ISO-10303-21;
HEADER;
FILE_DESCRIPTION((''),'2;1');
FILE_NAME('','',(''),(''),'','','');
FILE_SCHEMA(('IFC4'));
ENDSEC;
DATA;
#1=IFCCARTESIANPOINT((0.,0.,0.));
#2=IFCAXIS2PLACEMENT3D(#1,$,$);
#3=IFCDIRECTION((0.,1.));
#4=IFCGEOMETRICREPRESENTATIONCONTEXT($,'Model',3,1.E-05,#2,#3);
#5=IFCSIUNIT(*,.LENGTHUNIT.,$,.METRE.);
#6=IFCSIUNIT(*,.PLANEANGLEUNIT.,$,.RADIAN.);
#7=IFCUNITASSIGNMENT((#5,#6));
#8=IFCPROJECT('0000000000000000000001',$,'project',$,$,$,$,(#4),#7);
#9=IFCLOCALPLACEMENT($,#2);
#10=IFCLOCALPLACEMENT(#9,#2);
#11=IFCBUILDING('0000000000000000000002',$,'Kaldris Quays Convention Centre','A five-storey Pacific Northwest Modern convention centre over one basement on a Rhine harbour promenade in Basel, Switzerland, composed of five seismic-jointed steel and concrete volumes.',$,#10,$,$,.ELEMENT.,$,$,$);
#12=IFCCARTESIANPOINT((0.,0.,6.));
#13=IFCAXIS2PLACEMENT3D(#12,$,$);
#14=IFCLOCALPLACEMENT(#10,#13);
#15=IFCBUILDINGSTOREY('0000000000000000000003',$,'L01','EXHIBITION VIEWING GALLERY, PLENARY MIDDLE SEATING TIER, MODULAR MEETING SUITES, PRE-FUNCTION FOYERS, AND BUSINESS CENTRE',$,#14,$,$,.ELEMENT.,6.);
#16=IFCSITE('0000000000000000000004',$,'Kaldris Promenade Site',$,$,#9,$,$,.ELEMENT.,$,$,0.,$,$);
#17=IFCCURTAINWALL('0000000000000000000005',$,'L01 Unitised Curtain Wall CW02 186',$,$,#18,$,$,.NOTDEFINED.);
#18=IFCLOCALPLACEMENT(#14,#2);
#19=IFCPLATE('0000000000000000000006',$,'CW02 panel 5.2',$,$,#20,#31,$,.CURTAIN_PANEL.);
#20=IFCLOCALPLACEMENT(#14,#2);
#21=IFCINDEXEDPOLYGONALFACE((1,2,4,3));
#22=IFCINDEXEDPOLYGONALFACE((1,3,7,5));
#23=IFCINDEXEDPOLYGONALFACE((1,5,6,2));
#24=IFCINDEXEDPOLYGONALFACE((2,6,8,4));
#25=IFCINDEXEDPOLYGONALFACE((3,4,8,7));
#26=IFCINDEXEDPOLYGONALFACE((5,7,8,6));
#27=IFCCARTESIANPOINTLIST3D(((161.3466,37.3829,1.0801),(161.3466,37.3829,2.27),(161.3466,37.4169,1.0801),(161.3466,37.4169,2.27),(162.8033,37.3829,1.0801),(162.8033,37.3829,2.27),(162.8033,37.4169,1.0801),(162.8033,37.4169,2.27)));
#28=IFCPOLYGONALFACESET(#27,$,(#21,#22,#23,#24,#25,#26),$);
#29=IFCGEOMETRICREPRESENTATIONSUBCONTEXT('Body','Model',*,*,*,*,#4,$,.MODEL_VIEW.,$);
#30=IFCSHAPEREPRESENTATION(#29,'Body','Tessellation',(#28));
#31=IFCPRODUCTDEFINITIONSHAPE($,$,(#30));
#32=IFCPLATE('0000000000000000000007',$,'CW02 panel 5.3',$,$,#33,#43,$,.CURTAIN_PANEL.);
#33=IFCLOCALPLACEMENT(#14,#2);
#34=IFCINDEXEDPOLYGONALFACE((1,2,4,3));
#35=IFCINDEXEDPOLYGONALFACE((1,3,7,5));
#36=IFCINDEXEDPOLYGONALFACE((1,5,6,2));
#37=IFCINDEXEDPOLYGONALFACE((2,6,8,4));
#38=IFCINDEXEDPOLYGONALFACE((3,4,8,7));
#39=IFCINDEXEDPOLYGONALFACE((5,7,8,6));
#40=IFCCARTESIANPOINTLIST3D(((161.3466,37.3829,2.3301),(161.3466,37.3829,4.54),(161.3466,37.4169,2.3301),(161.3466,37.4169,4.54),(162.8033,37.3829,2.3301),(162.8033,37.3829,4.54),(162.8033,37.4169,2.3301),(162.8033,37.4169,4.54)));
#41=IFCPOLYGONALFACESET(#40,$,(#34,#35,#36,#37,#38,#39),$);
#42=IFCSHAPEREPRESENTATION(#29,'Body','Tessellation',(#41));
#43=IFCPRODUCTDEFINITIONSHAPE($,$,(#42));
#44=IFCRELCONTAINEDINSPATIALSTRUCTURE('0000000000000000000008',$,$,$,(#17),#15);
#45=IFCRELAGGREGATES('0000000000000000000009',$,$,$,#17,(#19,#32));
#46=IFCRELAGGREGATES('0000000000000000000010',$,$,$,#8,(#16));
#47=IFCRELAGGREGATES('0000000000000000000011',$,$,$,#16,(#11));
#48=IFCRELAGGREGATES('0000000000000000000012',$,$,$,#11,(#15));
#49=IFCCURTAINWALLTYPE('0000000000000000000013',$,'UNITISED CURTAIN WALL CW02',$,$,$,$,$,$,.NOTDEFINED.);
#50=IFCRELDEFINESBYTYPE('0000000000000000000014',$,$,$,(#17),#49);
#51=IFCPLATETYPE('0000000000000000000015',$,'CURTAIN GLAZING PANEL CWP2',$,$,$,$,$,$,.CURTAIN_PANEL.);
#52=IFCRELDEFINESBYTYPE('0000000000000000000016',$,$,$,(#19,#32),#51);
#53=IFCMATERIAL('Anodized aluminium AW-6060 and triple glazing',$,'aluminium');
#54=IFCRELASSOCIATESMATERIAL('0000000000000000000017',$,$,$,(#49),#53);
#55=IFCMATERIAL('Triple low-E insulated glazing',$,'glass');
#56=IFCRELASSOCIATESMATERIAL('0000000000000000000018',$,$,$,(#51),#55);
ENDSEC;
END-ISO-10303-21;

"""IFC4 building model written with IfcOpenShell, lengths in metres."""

from ifc_helpers import new_model, si_unit, direction, frame, origin, origin_2d, place, context, subcontext, project, spatial, rectangle, extrude, material, type_object, element, aggregate, save


model = new_model("IFC4")

# Units and contexts
model_context = context("Model", 3, precision=1e-05, world=origin(), true_north=direction((0.0, 1.0)))
body_context = subcontext(model_context, "Body", "Model", "MODEL_VIEW")
ifc_project = project(units=[si_unit("LENGTHUNIT", "METRE"), si_unit("PLANEANGLEUNIT", "RADIAN")], contexts=[model_context])

# Site, building, storey
site_placement = place(None, origin())
site = spatial("IfcSite", under=ifc_project, at=site_placement, Name="Kaldris Promenade Site", CompositionType="ELEMENT", RefElevation=0.0)
building_placement = place(site_placement, origin())
building = spatial("IfcBuilding", under=site, at=building_placement, Name="Kaldris Quays Convention Centre", Description="A five-storey Pacific Northwest Modern convention centre over one basement on a Rhine harbour promenade in Basel, Switzerland, composed of five seismic-jointed steel and concrete volumes.", CompositionType="ELEMENT")
storey_placement = place(building_placement, frame((0.0, 0.0, 6.0)))
storey = spatial("IfcBuildingStorey", under=building, at=storey_placement, Name="L01", Description="EXHIBITION VIEWING GALLERY, PLENARY MIDDLE SEATING TIER, MODULAR MEETING SUITES, PRE-FUNCTION FOYERS, AND BUSINESS CENTRE", CompositionType="ELEMENT", Elevation=6.0)

# Curtain wall, plates
ifc_material_1 = material(Name="Anodized aluminium AW-6060 and triple glazing", Category="aluminium")
curtain_wall_type = type_object("IfcCurtainWallType", Name="UNITISED CURTAIN WALL CW02", PredefinedType="NOTDEFINED", material=ifc_material_1)
curtain_wall_placement = place(storey_placement, origin())
curtain_wall = element("IfcCurtainWall", 1, at=curtain_wall_placement, inside=storey, type_object=curtain_wall_type, Name="L01 Unitised Curtain Wall CW02 186", PredefinedType="NOTDEFINED")
ifc_material_2 = material(Name="Triple low-E insulated glazing", Category="glass")
plate_type = type_object("IfcPlateType", Name="CURTAIN GLAZING PANEL CWP2", PredefinedType="CURTAIN_PANEL", material=ifc_material_2)
plate_1_placement = place(storey_placement, frame((162.075, 37.3999, 1.0801), z_axis=(0.0, 0.0, 1.0), x_axis=(1.0, 0.0, 0.0)))
plate_1 = element("IfcPlate", 2, at=plate_1_placement, type_object=plate_type, Name="CW02 panel 5.2", PredefinedType="CURTAIN_PANEL", context=body_context, shape_type="SweptSolid", body=[
    extrude(rectangle(XDim=1.4568, YDim=0.0339, at=origin_2d()), origin(), (0.0, 0.0, 1.0), 1.1899),
])
plate_2_placement = place(storey_placement, frame((162.075, 37.3999, 2.3301), z_axis=(0.0, 0.0, 1.0), x_axis=(1.0, 0.0, 0.0)))
plate_2 = element("IfcPlate", 3, at=plate_2_placement, type_object=plate_type, Name="CW02 panel 5.3", PredefinedType="CURTAIN_PANEL", context=body_context, shape_type="SweptSolid", body=[
    extrude(rectangle(XDim=1.4568, YDim=0.0339, at=origin_2d()), origin(), (0.0, 0.0, 1.0), 2.21),
])
aggregate(curtain_wall, [plate_1, plate_2])

save(model, "model.ifc")
